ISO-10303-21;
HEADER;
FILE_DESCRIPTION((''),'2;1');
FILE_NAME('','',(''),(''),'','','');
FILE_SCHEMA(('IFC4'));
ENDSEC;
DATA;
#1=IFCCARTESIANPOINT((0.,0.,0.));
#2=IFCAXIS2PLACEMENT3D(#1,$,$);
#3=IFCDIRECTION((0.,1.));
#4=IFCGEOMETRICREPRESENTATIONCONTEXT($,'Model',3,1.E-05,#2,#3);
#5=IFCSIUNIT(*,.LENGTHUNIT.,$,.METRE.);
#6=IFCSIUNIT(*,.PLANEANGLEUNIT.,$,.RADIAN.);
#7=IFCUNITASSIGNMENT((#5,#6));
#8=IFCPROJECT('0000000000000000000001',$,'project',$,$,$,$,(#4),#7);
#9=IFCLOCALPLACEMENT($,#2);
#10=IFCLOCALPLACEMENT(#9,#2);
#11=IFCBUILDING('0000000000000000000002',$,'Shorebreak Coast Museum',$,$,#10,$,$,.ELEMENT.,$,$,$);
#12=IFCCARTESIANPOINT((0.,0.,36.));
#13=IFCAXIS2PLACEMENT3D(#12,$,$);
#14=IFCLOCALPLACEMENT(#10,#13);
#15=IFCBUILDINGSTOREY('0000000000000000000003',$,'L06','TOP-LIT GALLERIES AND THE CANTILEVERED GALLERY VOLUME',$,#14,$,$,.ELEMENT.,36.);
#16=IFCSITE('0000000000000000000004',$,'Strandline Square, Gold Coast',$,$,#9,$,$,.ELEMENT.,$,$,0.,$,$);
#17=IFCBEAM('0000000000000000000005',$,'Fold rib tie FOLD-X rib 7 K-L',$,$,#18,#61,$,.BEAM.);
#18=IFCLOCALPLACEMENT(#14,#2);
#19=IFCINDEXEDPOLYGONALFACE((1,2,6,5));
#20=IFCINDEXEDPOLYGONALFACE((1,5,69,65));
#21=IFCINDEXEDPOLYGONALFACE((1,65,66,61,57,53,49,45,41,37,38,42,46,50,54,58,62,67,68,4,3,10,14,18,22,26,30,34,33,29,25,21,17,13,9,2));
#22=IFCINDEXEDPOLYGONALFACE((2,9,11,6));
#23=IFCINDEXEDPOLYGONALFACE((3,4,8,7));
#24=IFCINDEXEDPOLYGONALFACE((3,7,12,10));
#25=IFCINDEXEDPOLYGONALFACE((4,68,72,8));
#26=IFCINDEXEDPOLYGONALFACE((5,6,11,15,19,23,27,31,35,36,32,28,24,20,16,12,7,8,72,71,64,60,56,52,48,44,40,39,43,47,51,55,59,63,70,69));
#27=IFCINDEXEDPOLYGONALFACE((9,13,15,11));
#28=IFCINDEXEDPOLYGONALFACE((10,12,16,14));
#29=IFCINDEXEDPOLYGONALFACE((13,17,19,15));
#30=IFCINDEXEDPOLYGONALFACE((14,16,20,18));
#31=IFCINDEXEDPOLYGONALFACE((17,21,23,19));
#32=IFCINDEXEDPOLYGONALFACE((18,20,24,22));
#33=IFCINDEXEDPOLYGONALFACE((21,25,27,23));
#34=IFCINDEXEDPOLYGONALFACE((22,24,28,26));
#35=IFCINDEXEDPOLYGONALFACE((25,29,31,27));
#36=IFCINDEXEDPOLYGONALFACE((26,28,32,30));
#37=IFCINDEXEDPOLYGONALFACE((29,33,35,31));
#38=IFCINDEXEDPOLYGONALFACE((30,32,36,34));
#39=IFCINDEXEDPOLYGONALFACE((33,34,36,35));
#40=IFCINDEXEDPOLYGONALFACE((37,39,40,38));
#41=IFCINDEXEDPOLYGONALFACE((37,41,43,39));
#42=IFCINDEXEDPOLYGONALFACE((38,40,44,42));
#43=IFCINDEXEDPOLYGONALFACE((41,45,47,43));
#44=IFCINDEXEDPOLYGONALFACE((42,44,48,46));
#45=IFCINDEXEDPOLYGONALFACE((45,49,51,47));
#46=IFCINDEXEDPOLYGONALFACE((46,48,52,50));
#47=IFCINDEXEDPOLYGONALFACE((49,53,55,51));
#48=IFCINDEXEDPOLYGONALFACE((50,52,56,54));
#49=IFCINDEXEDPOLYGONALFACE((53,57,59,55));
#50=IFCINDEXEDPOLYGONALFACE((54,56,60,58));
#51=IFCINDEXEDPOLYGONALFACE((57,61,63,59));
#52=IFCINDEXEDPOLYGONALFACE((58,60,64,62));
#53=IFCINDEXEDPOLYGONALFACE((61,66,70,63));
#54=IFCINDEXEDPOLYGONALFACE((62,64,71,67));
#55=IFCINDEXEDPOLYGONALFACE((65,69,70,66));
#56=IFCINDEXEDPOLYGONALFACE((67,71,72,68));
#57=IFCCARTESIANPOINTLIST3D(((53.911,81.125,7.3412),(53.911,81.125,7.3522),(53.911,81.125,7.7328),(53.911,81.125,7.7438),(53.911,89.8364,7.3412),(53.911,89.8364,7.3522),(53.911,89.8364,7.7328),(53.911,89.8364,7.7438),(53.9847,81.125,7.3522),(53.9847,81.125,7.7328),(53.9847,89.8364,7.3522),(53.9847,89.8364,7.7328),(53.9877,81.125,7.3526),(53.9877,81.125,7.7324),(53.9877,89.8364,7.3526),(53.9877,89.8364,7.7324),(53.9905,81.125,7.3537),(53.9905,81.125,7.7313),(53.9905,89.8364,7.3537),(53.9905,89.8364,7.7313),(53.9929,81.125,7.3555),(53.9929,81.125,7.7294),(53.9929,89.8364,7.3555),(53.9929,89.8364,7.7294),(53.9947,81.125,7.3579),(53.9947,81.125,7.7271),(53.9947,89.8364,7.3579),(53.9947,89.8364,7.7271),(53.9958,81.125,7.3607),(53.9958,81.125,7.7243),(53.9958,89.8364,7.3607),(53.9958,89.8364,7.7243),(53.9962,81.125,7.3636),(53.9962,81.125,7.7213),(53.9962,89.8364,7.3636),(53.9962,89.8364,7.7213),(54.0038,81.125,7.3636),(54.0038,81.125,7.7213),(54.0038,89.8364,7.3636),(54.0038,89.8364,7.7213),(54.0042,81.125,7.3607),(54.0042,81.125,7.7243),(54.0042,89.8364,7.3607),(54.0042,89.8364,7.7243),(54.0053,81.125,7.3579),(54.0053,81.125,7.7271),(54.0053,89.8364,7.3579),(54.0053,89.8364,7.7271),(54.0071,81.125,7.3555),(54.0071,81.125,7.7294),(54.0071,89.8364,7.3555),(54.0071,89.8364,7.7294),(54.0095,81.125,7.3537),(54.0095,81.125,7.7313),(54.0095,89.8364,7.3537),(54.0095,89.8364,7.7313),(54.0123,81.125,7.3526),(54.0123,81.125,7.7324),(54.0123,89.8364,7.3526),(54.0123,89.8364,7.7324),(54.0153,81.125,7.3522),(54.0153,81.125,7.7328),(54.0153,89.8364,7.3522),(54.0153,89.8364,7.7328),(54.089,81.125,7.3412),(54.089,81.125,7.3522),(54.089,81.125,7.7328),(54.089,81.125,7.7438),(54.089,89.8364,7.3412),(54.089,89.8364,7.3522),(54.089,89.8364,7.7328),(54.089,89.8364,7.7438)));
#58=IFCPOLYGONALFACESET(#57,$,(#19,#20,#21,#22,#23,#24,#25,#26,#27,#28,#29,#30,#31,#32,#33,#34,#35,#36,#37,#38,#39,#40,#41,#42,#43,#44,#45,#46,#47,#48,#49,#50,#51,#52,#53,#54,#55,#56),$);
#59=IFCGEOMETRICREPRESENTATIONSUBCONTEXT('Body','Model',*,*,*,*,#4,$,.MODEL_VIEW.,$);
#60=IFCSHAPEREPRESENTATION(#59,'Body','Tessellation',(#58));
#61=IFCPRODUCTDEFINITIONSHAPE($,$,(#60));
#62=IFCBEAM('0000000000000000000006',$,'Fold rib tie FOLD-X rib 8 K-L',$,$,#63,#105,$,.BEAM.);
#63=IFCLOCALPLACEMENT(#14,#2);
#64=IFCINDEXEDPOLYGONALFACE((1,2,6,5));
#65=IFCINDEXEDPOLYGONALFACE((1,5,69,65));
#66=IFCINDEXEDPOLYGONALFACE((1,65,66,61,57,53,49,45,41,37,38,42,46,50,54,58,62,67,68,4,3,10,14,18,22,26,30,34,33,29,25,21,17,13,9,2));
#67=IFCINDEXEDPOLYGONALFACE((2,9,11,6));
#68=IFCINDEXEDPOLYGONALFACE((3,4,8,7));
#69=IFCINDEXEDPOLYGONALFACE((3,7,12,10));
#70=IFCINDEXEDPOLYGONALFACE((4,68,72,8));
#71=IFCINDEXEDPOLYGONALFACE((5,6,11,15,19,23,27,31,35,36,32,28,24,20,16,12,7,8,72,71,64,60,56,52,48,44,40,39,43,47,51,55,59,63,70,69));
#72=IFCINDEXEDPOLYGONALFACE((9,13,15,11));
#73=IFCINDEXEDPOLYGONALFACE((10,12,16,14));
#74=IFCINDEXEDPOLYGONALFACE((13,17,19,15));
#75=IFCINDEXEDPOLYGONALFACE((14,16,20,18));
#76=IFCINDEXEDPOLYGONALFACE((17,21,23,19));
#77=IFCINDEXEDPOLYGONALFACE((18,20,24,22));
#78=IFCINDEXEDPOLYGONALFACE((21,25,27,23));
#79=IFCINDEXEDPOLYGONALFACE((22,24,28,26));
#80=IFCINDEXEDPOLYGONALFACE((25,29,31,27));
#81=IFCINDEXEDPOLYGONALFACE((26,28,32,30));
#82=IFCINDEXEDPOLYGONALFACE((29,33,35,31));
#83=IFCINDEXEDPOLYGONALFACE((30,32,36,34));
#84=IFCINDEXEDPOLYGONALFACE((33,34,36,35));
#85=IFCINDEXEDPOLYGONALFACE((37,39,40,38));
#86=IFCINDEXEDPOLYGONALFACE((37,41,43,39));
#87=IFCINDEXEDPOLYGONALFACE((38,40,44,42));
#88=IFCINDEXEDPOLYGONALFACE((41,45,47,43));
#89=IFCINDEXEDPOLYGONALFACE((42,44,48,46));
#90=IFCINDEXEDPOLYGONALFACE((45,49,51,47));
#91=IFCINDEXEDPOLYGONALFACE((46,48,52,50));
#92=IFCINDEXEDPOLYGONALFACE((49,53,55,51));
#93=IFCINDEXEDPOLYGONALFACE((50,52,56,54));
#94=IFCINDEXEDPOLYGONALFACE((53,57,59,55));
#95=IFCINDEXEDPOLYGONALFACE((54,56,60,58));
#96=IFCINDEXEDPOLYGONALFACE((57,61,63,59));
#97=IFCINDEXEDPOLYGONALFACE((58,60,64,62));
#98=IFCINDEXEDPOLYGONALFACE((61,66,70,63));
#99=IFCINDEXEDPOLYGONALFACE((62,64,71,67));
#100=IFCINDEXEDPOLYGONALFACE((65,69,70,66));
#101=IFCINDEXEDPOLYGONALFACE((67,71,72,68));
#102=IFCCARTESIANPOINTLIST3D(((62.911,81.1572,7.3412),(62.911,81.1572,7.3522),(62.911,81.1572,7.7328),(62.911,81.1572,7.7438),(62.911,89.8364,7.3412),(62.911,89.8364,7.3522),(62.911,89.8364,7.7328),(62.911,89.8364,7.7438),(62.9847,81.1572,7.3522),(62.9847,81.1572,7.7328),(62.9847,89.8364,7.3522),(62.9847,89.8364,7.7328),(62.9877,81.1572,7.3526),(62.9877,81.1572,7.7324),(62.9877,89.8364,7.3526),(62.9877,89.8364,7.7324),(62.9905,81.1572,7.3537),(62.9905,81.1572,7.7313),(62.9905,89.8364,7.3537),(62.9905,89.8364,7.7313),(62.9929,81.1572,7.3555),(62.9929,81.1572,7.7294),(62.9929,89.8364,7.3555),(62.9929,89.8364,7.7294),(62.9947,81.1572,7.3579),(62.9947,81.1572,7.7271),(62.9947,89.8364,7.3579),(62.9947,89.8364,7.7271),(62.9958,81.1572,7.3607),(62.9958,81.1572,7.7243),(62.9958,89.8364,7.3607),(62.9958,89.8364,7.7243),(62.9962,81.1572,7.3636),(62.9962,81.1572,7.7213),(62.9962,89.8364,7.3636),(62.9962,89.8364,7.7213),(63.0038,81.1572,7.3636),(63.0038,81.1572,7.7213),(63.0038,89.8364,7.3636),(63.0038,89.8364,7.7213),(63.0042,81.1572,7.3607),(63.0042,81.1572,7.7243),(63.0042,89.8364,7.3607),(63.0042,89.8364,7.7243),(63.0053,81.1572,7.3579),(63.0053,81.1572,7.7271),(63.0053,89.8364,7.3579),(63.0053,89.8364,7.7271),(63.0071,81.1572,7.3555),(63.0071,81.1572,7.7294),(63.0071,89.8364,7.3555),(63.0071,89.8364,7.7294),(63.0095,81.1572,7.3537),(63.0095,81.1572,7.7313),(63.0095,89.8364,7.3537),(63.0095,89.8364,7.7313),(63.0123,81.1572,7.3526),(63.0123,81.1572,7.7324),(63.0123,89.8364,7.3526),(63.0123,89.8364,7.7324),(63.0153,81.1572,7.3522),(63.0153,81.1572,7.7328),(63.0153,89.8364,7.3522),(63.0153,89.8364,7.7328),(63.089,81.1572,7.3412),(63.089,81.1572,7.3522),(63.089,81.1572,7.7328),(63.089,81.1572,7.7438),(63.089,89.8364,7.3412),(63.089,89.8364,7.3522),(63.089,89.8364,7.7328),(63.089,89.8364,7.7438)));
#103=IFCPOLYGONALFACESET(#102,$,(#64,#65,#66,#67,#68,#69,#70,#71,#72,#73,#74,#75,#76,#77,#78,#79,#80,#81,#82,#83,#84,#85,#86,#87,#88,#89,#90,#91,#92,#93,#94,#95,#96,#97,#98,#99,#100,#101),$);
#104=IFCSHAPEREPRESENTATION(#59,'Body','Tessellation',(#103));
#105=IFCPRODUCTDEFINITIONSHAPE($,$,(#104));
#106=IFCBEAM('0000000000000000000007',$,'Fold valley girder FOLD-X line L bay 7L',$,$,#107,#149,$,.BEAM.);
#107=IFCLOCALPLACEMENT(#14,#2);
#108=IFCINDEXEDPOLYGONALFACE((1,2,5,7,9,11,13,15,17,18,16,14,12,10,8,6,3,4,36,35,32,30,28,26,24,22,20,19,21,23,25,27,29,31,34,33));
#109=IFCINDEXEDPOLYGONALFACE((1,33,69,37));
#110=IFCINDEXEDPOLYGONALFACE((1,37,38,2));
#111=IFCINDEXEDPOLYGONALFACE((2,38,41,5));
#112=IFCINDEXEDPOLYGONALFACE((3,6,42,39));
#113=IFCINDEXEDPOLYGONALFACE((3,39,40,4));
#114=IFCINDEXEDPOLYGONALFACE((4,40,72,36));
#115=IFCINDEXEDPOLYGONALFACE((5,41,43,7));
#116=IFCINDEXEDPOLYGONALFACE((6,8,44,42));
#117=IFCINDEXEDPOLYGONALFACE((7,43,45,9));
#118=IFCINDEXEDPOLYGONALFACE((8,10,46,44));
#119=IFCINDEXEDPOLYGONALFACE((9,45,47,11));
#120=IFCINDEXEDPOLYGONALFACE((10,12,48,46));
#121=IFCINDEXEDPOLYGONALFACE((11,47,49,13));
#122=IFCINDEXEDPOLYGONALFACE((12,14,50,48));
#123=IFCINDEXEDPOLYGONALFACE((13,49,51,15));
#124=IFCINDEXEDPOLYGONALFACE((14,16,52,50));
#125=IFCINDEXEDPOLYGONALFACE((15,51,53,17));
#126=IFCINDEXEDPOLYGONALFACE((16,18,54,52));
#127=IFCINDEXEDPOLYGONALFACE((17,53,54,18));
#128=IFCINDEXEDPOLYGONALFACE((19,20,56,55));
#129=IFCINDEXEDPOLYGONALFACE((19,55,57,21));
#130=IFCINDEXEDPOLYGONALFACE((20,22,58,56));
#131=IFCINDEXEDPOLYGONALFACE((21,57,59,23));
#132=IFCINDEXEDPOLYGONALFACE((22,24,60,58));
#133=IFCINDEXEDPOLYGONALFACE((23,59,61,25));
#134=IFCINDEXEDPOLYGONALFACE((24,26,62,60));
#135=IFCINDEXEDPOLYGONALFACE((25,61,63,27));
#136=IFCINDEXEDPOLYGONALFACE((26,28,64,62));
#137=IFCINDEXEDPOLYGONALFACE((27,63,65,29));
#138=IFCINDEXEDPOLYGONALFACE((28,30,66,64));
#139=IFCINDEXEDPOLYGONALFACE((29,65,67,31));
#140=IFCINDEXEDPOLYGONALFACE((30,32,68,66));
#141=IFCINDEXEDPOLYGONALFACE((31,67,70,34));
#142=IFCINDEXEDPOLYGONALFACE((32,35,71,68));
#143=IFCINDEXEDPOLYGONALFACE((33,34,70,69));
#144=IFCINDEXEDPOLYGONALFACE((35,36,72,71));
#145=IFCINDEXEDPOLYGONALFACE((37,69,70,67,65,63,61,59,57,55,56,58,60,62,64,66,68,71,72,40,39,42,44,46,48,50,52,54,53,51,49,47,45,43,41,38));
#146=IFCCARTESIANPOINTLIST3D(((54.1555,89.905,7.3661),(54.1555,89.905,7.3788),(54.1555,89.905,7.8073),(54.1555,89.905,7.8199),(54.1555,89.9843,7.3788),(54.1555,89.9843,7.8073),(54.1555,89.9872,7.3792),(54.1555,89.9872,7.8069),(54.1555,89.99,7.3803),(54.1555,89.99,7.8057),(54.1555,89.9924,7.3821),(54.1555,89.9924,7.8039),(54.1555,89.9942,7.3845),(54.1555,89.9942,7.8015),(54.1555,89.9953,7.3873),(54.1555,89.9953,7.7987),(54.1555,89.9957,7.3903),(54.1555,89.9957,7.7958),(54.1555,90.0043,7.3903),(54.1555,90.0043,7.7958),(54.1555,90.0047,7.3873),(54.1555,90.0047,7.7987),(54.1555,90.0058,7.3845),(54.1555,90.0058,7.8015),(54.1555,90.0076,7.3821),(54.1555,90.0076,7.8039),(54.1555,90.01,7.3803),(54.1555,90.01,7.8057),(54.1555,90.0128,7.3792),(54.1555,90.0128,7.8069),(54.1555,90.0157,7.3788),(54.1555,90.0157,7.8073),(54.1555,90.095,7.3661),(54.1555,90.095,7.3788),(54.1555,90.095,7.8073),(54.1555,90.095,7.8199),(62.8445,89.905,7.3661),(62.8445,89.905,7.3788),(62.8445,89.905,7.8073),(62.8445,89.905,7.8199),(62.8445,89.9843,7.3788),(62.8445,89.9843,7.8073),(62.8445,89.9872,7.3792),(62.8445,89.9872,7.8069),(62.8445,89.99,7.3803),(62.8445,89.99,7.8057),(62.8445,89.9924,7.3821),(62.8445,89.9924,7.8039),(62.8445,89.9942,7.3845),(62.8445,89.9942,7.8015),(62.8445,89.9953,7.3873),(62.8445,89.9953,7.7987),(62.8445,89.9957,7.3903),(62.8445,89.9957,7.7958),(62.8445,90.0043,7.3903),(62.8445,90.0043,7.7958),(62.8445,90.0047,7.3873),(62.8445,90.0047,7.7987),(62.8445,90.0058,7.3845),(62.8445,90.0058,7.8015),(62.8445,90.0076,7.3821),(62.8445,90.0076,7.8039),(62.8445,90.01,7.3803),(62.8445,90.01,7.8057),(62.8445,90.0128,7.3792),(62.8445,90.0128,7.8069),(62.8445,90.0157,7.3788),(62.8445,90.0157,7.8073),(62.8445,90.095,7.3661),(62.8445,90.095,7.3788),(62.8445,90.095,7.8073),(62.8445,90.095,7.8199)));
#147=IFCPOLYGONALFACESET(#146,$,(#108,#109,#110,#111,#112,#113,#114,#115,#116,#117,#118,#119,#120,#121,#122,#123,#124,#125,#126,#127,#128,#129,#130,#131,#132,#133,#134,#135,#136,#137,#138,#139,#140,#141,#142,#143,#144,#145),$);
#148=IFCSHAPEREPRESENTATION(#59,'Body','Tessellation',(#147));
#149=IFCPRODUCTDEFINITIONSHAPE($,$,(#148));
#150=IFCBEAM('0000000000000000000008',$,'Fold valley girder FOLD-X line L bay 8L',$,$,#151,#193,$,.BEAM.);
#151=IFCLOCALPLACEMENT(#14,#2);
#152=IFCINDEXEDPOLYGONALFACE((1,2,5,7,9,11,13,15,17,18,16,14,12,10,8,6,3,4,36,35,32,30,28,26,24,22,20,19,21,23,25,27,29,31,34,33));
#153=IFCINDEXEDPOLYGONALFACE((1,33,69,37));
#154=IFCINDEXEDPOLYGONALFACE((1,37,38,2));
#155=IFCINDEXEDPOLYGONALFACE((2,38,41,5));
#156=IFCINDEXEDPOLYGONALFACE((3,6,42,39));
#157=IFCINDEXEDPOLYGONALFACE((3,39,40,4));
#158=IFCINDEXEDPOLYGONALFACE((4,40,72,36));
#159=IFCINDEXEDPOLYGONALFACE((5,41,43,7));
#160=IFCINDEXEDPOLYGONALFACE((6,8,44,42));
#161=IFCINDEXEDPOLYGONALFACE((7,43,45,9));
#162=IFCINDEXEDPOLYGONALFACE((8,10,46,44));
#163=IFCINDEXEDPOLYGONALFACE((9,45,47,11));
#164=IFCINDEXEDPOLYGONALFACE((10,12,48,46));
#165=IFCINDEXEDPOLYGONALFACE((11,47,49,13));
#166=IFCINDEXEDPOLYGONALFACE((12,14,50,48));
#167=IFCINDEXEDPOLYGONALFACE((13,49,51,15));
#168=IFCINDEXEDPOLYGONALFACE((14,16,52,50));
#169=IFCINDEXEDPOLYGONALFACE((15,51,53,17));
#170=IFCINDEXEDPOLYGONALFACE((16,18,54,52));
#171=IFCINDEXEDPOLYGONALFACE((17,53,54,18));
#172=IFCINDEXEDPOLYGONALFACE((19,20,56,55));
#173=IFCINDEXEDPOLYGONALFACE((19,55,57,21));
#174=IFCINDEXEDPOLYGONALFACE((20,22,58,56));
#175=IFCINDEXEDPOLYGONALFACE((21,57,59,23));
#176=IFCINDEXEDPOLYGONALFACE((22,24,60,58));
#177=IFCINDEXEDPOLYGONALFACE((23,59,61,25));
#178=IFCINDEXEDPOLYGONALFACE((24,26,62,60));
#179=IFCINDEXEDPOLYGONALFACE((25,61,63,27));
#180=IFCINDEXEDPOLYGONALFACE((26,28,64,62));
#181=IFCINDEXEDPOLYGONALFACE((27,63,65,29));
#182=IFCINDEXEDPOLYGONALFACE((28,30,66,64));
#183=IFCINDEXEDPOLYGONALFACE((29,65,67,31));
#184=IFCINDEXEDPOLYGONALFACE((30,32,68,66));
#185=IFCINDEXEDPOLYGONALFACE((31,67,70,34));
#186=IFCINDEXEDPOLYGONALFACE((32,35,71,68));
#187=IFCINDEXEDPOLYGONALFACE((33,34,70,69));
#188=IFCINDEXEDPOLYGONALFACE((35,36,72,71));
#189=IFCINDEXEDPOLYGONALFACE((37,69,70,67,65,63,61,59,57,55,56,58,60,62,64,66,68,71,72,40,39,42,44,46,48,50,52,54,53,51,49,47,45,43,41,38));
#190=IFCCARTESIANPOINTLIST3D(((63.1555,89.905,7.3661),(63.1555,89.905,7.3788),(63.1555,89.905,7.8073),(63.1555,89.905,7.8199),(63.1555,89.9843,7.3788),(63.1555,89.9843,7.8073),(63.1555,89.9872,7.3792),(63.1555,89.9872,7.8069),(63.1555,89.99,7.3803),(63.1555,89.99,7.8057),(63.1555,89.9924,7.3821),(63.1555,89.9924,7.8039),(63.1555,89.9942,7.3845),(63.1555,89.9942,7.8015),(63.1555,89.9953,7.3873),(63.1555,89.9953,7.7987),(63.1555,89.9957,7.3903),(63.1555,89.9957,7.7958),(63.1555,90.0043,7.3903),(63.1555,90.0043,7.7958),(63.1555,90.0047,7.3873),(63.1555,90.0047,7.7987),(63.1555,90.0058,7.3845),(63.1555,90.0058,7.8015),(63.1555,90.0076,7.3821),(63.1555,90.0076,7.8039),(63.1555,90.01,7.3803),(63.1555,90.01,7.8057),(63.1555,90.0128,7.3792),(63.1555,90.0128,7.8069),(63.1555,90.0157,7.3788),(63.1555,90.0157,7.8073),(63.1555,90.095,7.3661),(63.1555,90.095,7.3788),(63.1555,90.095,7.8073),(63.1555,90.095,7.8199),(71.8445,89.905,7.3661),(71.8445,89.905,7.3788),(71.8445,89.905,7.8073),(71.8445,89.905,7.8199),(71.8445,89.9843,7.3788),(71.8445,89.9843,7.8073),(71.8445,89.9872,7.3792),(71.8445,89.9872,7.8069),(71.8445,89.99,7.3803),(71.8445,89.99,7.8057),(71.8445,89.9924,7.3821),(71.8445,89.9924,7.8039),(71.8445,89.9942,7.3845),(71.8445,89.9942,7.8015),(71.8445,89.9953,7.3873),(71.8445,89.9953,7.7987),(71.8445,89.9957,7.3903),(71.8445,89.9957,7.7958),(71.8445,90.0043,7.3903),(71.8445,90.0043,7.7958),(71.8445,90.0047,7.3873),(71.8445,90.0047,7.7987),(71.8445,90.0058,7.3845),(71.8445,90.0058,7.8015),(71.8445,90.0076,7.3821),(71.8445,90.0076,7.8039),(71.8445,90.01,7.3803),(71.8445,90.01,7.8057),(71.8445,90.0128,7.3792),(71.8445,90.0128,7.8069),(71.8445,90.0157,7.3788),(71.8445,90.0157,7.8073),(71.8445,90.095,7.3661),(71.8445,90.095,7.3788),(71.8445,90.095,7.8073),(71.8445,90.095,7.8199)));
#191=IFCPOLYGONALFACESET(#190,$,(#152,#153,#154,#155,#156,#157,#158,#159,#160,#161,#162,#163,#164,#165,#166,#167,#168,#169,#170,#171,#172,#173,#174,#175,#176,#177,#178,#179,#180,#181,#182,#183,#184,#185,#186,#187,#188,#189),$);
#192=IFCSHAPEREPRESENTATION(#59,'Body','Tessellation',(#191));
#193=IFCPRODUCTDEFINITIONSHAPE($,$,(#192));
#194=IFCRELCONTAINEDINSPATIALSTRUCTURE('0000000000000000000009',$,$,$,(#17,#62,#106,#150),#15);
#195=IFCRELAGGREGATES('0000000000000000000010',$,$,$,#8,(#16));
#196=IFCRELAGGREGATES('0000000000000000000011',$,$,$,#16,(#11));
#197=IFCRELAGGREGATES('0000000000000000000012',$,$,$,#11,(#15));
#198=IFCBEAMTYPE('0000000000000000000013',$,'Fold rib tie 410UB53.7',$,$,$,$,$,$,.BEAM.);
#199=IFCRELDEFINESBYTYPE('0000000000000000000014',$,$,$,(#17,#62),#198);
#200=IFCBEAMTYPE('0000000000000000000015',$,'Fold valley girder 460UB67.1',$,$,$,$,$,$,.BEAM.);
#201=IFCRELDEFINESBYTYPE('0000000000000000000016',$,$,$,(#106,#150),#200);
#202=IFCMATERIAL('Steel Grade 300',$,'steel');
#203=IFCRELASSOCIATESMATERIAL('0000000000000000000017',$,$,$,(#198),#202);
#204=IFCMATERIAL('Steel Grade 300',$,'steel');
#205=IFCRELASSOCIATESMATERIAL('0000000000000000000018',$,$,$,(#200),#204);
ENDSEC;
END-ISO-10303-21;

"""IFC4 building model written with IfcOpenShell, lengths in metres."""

from ifc_helpers import new_model, si_unit, direction, frame, origin, origin_2d, place, context, subcontext, project, spatial, i_section, extrude, material, material_profile, profile_set, type_object, element, save


model = new_model("IFC4")

# Units and contexts
model_context = context("Model", 3, precision=1e-05, world=origin(), true_north=direction((0.0, 1.0)))
body_context = subcontext(model_context, "Body", "Model", "MODEL_VIEW")
ifc_project = project(units=[si_unit("LENGTHUNIT", "METRE"), si_unit("PLANEANGLEUNIT", "RADIAN")], contexts=[model_context])

# Site, building, storey
site_placement = place(None, origin())
site = spatial("IfcSite", under=ifc_project, at=site_placement, Name="Strandline Square, Gold Coast", CompositionType="ELEMENT", RefElevation=0.0)
building_placement = place(site_placement, origin())
building = spatial("IfcBuilding", under=site, at=building_placement, Name="Shorebreak Coast Museum", CompositionType="ELEMENT")
storey_placement = place(building_placement, frame((0.0, 0.0, 36.0)))
storey = spatial("IfcBuildingStorey", under=building, at=storey_placement, Name="L06", Description="TOP-LIT GALLERIES AND THE CANTILEVERED GALLERY VOLUME", CompositionType="ELEMENT", Elevation=36.0)

# Beams
ifc_material_1 = material(Name="Steel Grade 300", Category="steel")
ifc_material_profile_1 = material_profile(ifc_material_1, i_section(OverallWidth=0.178, OverallDepth=0.4026, WebThickness=0.0076, FlangeThickness=0.011, FilletRadius=0.0115, at=origin_2d()), Name="410UB53.7")
ifc_profile_set_1 = profile_set([ifc_material_profile_1], Name="Steel Grade 300")
beam_type_1 = type_object("IfcBeamType", Name="Fold rib tie 410UB53.7", PredefinedType="BEAM", material=ifc_profile_set_1)
beam_1_placement = place(storey_placement, frame((54.0, 81.125, 7.5425), z_axis=(0.0, 1.0, 0.0), x_axis=(-1.0, 0.0, 0.0)))
element("IfcBeam", 1, at=beam_1_placement, inside=storey, type_object=beam_type_1, Name="Fold rib tie FOLD-X rib 7 K-L", PredefinedType="BEAM", context=body_context, shape_type="SweptSolid", body=[
    extrude(i_section(OverallWidth=0.178, OverallDepth=0.4026, WebThickness=0.0076, FlangeThickness=0.011, FilletRadius=0.0115, at=origin_2d()), origin(), (0.0, 0.0, 1.0), 8.7114),
])
beam_2_placement = place(storey_placement, frame((63.0, 81.1572, 7.5425), z_axis=(0.0, 1.0, 0.0), x_axis=(-1.0, 0.0, 0.0)))
element("IfcBeam", 2, at=beam_2_placement, inside=storey, type_object=beam_type_1, Name="Fold rib tie FOLD-X rib 8 K-L", PredefinedType="BEAM", context=body_context, shape_type="SweptSolid", body=[
    extrude(i_section(OverallWidth=0.178, OverallDepth=0.4026, WebThickness=0.0076, FlangeThickness=0.011, FilletRadius=0.0115, at=origin_2d()), origin(), (0.0, 0.0, 1.0), 8.6792),
])
ifc_material_2 = material(Name="Steel Grade 300", Category="steel")
ifc_material_profile_2 = material_profile(ifc_material_2, i_section(OverallWidth=0.1899, OverallDepth=0.4539, WebThickness=0.0085, FlangeThickness=0.0127, FilletRadius=0.0115, at=origin_2d()), Name="460UB67.1")
ifc_profile_set_2 = profile_set([ifc_material_profile_2], Name="Steel Grade 300")
beam_type_2 = type_object("IfcBeamType", Name="Fold valley girder 460UB67.1", PredefinedType="BEAM", material=ifc_profile_set_2)
for number, where, z_axis, x_axis, name in (
    (3, (54.1555, 90.0, 7.593), (1.0, 0.0, 0.0), (0.0, 1.0, 0.0), "Fold valley girder FOLD-X line L bay 7L"),
    (4, (63.1555, 90.0, 7.593), (1.0, 0.0, 0.0), (0.0, 1.0, 0.0), "Fold valley girder FOLD-X line L bay 8L"),
):
    element("IfcBeam", number, at=place(storey_placement, frame(where, z_axis=z_axis, x_axis=x_axis)), inside=storey, type_object=beam_type_2, Name=name, PredefinedType="BEAM", context=body_context, shape_type="SweptSolid", body=[
        extrude(i_section(OverallWidth=0.1899, OverallDepth=0.4539, WebThickness=0.0085, FlangeThickness=0.0127, FilletRadius=0.0115, at=origin_2d()), origin(), (0.0, 0.0, 1.0), 8.689),
    ])

save(model, "model.ifc")
